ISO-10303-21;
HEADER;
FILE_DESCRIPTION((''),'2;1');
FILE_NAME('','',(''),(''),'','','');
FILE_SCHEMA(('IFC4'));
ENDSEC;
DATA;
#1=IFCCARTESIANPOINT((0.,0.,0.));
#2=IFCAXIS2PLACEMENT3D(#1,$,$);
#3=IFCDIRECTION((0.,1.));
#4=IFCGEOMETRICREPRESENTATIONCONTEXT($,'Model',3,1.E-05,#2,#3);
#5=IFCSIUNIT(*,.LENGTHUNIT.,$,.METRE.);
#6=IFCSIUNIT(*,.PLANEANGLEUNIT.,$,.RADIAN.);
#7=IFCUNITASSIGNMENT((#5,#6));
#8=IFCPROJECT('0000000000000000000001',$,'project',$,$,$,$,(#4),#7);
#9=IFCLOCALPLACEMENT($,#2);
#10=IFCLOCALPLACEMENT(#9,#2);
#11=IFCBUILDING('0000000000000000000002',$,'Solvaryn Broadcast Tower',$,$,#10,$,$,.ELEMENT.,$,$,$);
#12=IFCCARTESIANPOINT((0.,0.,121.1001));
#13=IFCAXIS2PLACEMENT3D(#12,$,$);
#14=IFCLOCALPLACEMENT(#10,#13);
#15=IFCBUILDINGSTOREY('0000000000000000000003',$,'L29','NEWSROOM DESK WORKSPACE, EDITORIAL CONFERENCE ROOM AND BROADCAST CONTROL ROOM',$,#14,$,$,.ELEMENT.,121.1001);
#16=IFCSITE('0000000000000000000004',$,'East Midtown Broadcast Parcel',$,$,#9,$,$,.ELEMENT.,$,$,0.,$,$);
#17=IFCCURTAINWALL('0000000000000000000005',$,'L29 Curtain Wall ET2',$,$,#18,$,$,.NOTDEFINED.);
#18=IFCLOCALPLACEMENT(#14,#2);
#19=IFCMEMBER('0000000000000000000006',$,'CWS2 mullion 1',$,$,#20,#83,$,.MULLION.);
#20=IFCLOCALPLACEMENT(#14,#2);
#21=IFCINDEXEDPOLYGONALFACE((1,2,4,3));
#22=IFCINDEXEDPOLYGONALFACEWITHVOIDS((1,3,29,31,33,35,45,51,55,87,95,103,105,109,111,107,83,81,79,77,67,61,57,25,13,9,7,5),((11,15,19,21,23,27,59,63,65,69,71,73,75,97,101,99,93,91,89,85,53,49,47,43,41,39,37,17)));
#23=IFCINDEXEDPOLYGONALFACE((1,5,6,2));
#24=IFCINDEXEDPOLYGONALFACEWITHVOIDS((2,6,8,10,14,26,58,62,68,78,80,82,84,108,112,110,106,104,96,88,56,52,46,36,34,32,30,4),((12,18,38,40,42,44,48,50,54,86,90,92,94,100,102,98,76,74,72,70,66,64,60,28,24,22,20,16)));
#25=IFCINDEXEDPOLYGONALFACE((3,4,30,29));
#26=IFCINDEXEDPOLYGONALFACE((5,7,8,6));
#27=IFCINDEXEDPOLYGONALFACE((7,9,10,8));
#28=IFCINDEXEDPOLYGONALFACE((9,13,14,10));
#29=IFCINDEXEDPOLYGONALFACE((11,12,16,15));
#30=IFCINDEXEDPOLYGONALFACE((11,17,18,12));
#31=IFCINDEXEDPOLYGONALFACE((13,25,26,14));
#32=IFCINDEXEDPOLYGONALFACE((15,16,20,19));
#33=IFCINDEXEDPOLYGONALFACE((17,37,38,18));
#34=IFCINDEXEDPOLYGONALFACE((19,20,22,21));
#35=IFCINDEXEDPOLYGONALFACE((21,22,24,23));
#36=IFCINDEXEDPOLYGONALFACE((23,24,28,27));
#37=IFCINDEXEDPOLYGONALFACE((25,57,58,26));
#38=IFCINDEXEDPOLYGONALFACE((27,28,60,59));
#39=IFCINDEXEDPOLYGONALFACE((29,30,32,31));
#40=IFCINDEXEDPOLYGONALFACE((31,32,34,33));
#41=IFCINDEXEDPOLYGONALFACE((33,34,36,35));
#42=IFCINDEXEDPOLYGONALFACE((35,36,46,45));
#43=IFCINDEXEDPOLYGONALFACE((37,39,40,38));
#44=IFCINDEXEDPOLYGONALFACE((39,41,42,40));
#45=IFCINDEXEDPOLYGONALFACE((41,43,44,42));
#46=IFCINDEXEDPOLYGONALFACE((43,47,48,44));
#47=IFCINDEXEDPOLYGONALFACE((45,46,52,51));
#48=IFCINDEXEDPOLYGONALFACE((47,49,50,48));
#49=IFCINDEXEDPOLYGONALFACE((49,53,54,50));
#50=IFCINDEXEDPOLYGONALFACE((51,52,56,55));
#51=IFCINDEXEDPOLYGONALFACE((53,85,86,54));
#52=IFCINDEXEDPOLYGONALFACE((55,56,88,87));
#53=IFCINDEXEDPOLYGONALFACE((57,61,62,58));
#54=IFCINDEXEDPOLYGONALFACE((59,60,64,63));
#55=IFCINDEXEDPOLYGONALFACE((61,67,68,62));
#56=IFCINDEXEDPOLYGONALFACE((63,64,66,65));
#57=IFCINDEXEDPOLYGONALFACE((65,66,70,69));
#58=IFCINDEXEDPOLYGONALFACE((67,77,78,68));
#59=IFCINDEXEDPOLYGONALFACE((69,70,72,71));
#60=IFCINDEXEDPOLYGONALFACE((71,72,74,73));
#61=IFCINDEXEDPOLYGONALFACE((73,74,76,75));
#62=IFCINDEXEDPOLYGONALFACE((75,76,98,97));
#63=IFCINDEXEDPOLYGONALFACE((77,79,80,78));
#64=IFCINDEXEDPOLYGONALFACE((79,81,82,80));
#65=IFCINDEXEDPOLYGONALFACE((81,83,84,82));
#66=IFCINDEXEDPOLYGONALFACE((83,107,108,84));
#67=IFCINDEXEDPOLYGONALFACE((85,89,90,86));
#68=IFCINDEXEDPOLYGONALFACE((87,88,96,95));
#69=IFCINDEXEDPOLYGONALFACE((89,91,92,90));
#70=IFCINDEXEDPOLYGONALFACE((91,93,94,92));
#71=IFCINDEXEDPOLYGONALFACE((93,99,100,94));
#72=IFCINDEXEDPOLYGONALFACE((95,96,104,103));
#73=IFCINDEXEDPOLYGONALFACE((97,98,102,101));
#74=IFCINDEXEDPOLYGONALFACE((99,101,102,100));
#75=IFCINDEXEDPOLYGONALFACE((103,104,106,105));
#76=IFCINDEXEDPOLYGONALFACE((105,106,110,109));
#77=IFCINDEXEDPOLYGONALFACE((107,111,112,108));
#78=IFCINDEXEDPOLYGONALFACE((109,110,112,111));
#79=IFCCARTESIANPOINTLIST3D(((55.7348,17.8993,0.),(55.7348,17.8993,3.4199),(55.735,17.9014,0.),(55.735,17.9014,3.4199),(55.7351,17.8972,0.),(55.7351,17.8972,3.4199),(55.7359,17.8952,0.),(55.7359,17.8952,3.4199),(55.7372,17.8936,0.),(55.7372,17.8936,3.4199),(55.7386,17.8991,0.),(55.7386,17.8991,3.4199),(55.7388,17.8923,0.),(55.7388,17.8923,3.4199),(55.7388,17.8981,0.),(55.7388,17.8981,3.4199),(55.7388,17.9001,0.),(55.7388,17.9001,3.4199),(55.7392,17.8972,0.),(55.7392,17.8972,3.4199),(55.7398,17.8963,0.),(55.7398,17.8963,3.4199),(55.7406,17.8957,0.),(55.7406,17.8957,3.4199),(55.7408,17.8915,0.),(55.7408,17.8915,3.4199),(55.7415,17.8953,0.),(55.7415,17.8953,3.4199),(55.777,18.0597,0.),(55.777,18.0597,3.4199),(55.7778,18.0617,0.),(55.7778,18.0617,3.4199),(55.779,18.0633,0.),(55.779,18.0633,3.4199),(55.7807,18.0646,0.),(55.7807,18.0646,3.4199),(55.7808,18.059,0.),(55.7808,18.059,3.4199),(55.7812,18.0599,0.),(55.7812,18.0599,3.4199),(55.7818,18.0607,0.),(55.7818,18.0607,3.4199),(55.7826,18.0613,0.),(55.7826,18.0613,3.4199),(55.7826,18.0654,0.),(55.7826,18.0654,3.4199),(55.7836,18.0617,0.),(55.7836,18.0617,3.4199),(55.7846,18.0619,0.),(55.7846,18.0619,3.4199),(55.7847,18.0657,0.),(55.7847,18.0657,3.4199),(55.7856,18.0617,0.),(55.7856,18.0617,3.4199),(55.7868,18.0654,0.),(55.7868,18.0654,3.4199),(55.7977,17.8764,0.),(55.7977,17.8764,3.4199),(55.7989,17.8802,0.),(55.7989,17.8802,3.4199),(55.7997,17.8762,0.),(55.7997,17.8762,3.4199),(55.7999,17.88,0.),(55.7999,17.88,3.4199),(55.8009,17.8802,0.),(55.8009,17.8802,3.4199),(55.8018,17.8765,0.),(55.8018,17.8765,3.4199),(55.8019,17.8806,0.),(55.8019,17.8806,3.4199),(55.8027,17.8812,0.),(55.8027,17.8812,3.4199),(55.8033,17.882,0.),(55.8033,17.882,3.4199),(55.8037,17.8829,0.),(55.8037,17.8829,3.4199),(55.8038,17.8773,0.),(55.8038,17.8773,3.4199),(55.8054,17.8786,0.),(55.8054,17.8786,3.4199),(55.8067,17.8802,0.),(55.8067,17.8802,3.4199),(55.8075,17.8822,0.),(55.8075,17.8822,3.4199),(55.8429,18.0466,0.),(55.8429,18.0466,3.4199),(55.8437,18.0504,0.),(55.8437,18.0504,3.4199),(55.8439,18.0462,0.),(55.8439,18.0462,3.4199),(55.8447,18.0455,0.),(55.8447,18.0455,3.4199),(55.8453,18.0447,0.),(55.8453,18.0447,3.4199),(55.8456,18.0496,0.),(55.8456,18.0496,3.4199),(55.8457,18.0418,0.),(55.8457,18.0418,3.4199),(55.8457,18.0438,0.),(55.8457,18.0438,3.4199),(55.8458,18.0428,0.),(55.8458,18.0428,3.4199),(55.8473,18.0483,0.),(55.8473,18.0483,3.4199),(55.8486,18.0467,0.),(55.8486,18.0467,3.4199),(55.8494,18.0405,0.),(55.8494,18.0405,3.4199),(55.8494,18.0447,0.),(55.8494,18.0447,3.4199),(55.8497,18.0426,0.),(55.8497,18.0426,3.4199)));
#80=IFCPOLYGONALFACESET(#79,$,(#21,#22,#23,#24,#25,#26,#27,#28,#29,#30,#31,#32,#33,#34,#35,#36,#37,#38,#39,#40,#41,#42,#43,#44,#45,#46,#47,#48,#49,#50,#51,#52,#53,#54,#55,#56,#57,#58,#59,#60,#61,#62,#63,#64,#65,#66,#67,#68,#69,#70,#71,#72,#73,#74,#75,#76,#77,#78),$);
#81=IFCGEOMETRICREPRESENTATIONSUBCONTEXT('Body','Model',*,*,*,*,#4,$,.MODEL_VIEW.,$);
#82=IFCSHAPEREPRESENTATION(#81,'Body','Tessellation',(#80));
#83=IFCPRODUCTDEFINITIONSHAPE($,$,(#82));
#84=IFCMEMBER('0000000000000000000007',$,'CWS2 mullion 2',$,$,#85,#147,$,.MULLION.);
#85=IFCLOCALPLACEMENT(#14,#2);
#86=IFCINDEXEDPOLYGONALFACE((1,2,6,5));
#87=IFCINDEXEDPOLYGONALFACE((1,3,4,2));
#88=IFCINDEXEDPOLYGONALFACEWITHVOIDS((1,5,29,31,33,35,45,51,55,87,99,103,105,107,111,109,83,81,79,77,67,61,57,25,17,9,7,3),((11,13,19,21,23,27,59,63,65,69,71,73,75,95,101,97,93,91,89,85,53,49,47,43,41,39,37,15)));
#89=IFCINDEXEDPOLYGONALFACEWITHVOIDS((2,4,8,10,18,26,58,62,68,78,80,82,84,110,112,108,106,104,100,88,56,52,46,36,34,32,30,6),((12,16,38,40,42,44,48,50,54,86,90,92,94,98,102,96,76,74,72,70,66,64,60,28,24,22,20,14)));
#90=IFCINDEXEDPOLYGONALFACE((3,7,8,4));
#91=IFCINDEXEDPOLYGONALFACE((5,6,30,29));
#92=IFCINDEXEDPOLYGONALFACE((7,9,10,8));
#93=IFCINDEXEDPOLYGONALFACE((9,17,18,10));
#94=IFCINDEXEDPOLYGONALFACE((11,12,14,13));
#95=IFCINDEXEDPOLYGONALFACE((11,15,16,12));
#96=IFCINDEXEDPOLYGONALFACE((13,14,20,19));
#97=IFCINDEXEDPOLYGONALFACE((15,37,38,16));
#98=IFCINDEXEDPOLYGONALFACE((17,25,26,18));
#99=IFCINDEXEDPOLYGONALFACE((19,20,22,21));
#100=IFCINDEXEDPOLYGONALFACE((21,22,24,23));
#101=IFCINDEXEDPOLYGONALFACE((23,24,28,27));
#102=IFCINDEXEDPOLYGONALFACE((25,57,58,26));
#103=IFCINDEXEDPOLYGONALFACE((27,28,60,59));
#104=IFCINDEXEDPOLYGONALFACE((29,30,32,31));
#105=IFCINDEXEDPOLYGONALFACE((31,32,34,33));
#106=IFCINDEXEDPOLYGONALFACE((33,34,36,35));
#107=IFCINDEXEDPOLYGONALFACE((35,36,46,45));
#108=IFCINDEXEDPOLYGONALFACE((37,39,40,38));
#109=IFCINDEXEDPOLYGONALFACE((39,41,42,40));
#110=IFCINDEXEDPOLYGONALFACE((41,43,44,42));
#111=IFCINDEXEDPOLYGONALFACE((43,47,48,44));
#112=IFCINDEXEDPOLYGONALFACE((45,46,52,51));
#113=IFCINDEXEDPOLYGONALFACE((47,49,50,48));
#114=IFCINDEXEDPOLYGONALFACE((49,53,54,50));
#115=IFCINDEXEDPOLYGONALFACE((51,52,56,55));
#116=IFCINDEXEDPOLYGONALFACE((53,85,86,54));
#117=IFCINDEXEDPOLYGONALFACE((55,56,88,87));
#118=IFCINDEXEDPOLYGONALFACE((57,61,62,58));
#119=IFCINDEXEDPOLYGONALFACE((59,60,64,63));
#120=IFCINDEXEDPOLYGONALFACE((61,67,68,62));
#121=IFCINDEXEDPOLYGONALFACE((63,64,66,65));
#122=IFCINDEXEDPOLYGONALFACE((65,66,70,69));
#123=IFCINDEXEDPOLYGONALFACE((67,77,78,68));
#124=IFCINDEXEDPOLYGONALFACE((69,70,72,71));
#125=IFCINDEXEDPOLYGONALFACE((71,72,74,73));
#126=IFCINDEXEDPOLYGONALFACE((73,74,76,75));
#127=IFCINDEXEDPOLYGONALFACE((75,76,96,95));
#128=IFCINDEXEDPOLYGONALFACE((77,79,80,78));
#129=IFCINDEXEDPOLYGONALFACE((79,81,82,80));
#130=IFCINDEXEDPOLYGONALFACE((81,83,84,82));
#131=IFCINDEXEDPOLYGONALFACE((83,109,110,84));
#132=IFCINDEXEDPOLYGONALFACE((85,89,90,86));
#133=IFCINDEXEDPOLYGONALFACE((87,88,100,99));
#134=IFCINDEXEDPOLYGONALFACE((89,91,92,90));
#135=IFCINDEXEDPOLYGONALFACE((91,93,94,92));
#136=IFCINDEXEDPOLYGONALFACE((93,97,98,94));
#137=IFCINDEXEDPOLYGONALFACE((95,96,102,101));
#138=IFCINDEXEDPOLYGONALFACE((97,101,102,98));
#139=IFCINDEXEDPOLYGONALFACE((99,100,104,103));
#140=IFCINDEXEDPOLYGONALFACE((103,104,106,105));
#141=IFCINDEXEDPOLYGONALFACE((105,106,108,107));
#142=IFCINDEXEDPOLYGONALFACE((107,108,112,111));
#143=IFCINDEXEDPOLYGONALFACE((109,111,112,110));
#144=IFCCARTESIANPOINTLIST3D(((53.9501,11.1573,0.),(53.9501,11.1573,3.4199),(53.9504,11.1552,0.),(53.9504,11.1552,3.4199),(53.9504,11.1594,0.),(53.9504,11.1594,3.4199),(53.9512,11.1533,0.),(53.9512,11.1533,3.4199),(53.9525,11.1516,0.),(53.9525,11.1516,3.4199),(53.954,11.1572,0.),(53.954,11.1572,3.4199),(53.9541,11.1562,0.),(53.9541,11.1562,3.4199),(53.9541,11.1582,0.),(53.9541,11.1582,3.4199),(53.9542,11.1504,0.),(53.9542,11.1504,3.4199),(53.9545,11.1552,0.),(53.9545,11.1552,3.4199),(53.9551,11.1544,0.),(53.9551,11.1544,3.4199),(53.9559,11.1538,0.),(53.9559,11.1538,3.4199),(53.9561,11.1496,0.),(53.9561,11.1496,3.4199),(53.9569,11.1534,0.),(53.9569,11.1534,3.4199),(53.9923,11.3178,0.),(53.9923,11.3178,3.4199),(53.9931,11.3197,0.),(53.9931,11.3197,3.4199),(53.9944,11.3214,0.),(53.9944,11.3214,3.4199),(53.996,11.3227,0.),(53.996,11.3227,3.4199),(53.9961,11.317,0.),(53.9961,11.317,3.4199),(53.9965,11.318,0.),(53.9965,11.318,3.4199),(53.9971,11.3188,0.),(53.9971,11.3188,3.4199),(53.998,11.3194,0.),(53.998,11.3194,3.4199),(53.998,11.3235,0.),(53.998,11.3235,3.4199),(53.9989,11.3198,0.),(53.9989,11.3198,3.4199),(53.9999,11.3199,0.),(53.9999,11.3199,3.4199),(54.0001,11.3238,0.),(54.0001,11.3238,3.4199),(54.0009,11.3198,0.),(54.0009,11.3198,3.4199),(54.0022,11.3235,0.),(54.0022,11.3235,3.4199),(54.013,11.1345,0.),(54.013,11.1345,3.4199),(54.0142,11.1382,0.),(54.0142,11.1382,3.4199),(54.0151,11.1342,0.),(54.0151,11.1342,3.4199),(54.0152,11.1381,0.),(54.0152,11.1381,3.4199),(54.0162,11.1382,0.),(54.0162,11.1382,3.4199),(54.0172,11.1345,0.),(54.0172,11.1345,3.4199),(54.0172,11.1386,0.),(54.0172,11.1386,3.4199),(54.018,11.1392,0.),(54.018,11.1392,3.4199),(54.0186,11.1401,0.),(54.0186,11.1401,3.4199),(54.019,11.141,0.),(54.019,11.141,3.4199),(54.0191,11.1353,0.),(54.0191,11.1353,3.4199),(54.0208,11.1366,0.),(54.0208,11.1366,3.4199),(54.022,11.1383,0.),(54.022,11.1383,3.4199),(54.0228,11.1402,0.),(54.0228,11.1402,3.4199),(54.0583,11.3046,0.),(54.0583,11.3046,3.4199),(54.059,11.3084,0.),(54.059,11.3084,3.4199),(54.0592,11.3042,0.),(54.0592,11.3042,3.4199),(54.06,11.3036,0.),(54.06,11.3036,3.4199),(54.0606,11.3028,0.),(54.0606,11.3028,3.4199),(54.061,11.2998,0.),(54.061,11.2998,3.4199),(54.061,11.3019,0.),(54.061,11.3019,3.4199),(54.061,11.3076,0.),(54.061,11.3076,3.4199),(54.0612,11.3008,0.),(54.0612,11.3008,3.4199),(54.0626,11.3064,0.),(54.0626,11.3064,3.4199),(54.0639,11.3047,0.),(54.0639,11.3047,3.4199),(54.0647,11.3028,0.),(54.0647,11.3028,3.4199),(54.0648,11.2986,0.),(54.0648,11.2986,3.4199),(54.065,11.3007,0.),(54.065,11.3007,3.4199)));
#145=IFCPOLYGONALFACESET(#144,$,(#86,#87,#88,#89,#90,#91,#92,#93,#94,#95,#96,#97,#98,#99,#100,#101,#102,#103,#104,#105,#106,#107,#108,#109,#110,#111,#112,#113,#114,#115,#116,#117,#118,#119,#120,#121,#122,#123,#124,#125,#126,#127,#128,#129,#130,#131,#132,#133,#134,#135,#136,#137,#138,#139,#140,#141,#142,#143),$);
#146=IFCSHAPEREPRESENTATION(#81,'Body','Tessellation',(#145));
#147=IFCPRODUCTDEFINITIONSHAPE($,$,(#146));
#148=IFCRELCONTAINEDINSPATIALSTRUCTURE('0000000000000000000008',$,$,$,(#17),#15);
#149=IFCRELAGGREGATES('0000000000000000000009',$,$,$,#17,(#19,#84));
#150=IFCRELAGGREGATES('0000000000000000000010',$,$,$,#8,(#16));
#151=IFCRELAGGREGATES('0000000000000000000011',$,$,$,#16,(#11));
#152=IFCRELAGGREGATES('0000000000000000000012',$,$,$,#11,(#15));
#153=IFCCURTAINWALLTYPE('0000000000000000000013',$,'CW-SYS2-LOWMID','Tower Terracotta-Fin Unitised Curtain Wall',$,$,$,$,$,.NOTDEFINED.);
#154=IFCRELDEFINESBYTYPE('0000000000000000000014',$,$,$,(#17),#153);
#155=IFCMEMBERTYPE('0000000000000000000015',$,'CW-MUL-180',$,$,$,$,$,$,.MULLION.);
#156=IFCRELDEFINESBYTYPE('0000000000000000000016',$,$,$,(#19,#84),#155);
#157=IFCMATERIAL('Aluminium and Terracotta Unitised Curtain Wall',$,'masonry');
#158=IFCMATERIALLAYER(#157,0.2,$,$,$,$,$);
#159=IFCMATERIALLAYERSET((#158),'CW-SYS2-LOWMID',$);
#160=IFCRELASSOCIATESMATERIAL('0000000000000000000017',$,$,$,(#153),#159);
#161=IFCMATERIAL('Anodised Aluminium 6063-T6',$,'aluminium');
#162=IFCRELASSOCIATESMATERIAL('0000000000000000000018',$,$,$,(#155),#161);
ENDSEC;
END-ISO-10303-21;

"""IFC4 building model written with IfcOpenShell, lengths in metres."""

from ifc_helpers import new_model, si_unit, direction, frame, origin, origin_2d, place, context, subcontext, project, spatial, hollow_rectangle, extrude, material, layer, layer_set, material_profile, profile_set, type_object, element, aggregate, save


model = new_model("IFC4")

# Units and contexts
model_context = context("Model", 3, precision=1e-05, world=origin(), true_north=direction((0.0, 1.0)))
body_context = subcontext(model_context, "Body", "Model", "MODEL_VIEW")
ifc_project = project(units=[si_unit("LENGTHUNIT", "METRE"), si_unit("PLANEANGLEUNIT", "RADIAN")], contexts=[model_context])

# Site, building, storey
site_placement = place(None, origin())
site = spatial("IfcSite", under=ifc_project, at=site_placement, Name="East Midtown Broadcast Parcel", CompositionType="ELEMENT", RefElevation=0.0)
building_placement = place(site_placement, origin())
building = spatial("IfcBuilding", under=site, at=building_placement, Name="Solvaryn Broadcast Tower", CompositionType="ELEMENT")
storey_placement = place(building_placement, frame((0.0, 0.0, 121.1001)))
storey = spatial("IfcBuildingStorey", under=building, at=storey_placement, Name="L29", Description="NEWSROOM DESK WORKSPACE, EDITORIAL CONFERENCE ROOM AND BROADCAST CONTROL ROOM", CompositionType="ELEMENT", Elevation=121.1001)

# Shared definitions
ifc_material_1 = material(Name="Aluminium and Terracotta Unitised Curtain Wall", Category="masonry")
ifc_layer_1 = layer(ifc_material_1, 0.2)
ifc_layer_set_1 = layer_set([ifc_layer_1], Name="CW-SYS2-LOWMID")
curtain_wall_type = type_object("IfcCurtainWallType", Name="CW-SYS2-LOWMID", Description="Tower Terracotta-Fin Unitised Curtain Wall", PredefinedType="NOTDEFINED", material=ifc_layer_set_1)
ifc_material_2 = material(Name="Anodised Aluminium 6063-T6", Category="aluminium")
ifc_material_profile_1 = material_profile(ifc_material_2, hollow_rectangle(XDim=0.075, YDim=0.1799, WallThickness=0.0039, InnerFilletRadius=0.0039, OuterFilletRadius=0.0081, at=origin_2d()))
ifc_profile_set_1 = profile_set([ifc_material_profile_1], Name="Anodised Aluminium 6063-T6")
member_type_1 = type_object("IfcMemberType", Name="CW-MUL-180", PredefinedType="MULLION", material=ifc_profile_set_1)

# Curtain wall, members
curtain_wall_1_placement = place(storey_placement, origin())
curtain_wall_1 = element("IfcCurtainWall", 1, at=curtain_wall_1_placement, inside=storey, type_object=curtain_wall_type, Name="L29 Curtain Wall ET2", PredefinedType="NOTDEFINED")
member_1_placement = place(storey_placement, frame((55.7922, 17.9709, 0.0), z_axis=(0.0, 0.0, 1.0), x_axis=(0.966705, -0.255893, 0.0)))
member_1 = element("IfcMember", 2, at=member_1_placement, type_object=member_type_1, Name="CWS2 mullion 1", PredefinedType="MULLION", context=body_context, shape_type="SweptSolid", body=[
    extrude(hollow_rectangle(XDim=0.075, YDim=0.1799, WallThickness=0.0039, InnerFilletRadius=0.0039, OuterFilletRadius=0.0081, at=origin_2d()), origin(), (0.0, 0.0, 1.0), 3.4199),
])
member_2_placement = place(storey_placement, frame((54.0076, 11.229, 0.0), z_axis=(0.0, 0.0, 1.0), x_axis=(0.966705, -0.255893, 0.0)))
member_2 = element("IfcMember", 3, at=member_2_placement, type_object=member_type_1, Name="CWS2 mullion 2", PredefinedType="MULLION", context=body_context, shape_type="SweptSolid", body=[
    extrude(hollow_rectangle(XDim=0.075, YDim=0.1799, WallThickness=0.0039, InnerFilletRadius=0.0039, OuterFilletRadius=0.0081, at=origin_2d()), origin(), (0.0, 0.0, 1.0), 3.4199),
])

aggregate(curtain_wall_1, [member_1, member_2])

save(model, "model.ifc")
